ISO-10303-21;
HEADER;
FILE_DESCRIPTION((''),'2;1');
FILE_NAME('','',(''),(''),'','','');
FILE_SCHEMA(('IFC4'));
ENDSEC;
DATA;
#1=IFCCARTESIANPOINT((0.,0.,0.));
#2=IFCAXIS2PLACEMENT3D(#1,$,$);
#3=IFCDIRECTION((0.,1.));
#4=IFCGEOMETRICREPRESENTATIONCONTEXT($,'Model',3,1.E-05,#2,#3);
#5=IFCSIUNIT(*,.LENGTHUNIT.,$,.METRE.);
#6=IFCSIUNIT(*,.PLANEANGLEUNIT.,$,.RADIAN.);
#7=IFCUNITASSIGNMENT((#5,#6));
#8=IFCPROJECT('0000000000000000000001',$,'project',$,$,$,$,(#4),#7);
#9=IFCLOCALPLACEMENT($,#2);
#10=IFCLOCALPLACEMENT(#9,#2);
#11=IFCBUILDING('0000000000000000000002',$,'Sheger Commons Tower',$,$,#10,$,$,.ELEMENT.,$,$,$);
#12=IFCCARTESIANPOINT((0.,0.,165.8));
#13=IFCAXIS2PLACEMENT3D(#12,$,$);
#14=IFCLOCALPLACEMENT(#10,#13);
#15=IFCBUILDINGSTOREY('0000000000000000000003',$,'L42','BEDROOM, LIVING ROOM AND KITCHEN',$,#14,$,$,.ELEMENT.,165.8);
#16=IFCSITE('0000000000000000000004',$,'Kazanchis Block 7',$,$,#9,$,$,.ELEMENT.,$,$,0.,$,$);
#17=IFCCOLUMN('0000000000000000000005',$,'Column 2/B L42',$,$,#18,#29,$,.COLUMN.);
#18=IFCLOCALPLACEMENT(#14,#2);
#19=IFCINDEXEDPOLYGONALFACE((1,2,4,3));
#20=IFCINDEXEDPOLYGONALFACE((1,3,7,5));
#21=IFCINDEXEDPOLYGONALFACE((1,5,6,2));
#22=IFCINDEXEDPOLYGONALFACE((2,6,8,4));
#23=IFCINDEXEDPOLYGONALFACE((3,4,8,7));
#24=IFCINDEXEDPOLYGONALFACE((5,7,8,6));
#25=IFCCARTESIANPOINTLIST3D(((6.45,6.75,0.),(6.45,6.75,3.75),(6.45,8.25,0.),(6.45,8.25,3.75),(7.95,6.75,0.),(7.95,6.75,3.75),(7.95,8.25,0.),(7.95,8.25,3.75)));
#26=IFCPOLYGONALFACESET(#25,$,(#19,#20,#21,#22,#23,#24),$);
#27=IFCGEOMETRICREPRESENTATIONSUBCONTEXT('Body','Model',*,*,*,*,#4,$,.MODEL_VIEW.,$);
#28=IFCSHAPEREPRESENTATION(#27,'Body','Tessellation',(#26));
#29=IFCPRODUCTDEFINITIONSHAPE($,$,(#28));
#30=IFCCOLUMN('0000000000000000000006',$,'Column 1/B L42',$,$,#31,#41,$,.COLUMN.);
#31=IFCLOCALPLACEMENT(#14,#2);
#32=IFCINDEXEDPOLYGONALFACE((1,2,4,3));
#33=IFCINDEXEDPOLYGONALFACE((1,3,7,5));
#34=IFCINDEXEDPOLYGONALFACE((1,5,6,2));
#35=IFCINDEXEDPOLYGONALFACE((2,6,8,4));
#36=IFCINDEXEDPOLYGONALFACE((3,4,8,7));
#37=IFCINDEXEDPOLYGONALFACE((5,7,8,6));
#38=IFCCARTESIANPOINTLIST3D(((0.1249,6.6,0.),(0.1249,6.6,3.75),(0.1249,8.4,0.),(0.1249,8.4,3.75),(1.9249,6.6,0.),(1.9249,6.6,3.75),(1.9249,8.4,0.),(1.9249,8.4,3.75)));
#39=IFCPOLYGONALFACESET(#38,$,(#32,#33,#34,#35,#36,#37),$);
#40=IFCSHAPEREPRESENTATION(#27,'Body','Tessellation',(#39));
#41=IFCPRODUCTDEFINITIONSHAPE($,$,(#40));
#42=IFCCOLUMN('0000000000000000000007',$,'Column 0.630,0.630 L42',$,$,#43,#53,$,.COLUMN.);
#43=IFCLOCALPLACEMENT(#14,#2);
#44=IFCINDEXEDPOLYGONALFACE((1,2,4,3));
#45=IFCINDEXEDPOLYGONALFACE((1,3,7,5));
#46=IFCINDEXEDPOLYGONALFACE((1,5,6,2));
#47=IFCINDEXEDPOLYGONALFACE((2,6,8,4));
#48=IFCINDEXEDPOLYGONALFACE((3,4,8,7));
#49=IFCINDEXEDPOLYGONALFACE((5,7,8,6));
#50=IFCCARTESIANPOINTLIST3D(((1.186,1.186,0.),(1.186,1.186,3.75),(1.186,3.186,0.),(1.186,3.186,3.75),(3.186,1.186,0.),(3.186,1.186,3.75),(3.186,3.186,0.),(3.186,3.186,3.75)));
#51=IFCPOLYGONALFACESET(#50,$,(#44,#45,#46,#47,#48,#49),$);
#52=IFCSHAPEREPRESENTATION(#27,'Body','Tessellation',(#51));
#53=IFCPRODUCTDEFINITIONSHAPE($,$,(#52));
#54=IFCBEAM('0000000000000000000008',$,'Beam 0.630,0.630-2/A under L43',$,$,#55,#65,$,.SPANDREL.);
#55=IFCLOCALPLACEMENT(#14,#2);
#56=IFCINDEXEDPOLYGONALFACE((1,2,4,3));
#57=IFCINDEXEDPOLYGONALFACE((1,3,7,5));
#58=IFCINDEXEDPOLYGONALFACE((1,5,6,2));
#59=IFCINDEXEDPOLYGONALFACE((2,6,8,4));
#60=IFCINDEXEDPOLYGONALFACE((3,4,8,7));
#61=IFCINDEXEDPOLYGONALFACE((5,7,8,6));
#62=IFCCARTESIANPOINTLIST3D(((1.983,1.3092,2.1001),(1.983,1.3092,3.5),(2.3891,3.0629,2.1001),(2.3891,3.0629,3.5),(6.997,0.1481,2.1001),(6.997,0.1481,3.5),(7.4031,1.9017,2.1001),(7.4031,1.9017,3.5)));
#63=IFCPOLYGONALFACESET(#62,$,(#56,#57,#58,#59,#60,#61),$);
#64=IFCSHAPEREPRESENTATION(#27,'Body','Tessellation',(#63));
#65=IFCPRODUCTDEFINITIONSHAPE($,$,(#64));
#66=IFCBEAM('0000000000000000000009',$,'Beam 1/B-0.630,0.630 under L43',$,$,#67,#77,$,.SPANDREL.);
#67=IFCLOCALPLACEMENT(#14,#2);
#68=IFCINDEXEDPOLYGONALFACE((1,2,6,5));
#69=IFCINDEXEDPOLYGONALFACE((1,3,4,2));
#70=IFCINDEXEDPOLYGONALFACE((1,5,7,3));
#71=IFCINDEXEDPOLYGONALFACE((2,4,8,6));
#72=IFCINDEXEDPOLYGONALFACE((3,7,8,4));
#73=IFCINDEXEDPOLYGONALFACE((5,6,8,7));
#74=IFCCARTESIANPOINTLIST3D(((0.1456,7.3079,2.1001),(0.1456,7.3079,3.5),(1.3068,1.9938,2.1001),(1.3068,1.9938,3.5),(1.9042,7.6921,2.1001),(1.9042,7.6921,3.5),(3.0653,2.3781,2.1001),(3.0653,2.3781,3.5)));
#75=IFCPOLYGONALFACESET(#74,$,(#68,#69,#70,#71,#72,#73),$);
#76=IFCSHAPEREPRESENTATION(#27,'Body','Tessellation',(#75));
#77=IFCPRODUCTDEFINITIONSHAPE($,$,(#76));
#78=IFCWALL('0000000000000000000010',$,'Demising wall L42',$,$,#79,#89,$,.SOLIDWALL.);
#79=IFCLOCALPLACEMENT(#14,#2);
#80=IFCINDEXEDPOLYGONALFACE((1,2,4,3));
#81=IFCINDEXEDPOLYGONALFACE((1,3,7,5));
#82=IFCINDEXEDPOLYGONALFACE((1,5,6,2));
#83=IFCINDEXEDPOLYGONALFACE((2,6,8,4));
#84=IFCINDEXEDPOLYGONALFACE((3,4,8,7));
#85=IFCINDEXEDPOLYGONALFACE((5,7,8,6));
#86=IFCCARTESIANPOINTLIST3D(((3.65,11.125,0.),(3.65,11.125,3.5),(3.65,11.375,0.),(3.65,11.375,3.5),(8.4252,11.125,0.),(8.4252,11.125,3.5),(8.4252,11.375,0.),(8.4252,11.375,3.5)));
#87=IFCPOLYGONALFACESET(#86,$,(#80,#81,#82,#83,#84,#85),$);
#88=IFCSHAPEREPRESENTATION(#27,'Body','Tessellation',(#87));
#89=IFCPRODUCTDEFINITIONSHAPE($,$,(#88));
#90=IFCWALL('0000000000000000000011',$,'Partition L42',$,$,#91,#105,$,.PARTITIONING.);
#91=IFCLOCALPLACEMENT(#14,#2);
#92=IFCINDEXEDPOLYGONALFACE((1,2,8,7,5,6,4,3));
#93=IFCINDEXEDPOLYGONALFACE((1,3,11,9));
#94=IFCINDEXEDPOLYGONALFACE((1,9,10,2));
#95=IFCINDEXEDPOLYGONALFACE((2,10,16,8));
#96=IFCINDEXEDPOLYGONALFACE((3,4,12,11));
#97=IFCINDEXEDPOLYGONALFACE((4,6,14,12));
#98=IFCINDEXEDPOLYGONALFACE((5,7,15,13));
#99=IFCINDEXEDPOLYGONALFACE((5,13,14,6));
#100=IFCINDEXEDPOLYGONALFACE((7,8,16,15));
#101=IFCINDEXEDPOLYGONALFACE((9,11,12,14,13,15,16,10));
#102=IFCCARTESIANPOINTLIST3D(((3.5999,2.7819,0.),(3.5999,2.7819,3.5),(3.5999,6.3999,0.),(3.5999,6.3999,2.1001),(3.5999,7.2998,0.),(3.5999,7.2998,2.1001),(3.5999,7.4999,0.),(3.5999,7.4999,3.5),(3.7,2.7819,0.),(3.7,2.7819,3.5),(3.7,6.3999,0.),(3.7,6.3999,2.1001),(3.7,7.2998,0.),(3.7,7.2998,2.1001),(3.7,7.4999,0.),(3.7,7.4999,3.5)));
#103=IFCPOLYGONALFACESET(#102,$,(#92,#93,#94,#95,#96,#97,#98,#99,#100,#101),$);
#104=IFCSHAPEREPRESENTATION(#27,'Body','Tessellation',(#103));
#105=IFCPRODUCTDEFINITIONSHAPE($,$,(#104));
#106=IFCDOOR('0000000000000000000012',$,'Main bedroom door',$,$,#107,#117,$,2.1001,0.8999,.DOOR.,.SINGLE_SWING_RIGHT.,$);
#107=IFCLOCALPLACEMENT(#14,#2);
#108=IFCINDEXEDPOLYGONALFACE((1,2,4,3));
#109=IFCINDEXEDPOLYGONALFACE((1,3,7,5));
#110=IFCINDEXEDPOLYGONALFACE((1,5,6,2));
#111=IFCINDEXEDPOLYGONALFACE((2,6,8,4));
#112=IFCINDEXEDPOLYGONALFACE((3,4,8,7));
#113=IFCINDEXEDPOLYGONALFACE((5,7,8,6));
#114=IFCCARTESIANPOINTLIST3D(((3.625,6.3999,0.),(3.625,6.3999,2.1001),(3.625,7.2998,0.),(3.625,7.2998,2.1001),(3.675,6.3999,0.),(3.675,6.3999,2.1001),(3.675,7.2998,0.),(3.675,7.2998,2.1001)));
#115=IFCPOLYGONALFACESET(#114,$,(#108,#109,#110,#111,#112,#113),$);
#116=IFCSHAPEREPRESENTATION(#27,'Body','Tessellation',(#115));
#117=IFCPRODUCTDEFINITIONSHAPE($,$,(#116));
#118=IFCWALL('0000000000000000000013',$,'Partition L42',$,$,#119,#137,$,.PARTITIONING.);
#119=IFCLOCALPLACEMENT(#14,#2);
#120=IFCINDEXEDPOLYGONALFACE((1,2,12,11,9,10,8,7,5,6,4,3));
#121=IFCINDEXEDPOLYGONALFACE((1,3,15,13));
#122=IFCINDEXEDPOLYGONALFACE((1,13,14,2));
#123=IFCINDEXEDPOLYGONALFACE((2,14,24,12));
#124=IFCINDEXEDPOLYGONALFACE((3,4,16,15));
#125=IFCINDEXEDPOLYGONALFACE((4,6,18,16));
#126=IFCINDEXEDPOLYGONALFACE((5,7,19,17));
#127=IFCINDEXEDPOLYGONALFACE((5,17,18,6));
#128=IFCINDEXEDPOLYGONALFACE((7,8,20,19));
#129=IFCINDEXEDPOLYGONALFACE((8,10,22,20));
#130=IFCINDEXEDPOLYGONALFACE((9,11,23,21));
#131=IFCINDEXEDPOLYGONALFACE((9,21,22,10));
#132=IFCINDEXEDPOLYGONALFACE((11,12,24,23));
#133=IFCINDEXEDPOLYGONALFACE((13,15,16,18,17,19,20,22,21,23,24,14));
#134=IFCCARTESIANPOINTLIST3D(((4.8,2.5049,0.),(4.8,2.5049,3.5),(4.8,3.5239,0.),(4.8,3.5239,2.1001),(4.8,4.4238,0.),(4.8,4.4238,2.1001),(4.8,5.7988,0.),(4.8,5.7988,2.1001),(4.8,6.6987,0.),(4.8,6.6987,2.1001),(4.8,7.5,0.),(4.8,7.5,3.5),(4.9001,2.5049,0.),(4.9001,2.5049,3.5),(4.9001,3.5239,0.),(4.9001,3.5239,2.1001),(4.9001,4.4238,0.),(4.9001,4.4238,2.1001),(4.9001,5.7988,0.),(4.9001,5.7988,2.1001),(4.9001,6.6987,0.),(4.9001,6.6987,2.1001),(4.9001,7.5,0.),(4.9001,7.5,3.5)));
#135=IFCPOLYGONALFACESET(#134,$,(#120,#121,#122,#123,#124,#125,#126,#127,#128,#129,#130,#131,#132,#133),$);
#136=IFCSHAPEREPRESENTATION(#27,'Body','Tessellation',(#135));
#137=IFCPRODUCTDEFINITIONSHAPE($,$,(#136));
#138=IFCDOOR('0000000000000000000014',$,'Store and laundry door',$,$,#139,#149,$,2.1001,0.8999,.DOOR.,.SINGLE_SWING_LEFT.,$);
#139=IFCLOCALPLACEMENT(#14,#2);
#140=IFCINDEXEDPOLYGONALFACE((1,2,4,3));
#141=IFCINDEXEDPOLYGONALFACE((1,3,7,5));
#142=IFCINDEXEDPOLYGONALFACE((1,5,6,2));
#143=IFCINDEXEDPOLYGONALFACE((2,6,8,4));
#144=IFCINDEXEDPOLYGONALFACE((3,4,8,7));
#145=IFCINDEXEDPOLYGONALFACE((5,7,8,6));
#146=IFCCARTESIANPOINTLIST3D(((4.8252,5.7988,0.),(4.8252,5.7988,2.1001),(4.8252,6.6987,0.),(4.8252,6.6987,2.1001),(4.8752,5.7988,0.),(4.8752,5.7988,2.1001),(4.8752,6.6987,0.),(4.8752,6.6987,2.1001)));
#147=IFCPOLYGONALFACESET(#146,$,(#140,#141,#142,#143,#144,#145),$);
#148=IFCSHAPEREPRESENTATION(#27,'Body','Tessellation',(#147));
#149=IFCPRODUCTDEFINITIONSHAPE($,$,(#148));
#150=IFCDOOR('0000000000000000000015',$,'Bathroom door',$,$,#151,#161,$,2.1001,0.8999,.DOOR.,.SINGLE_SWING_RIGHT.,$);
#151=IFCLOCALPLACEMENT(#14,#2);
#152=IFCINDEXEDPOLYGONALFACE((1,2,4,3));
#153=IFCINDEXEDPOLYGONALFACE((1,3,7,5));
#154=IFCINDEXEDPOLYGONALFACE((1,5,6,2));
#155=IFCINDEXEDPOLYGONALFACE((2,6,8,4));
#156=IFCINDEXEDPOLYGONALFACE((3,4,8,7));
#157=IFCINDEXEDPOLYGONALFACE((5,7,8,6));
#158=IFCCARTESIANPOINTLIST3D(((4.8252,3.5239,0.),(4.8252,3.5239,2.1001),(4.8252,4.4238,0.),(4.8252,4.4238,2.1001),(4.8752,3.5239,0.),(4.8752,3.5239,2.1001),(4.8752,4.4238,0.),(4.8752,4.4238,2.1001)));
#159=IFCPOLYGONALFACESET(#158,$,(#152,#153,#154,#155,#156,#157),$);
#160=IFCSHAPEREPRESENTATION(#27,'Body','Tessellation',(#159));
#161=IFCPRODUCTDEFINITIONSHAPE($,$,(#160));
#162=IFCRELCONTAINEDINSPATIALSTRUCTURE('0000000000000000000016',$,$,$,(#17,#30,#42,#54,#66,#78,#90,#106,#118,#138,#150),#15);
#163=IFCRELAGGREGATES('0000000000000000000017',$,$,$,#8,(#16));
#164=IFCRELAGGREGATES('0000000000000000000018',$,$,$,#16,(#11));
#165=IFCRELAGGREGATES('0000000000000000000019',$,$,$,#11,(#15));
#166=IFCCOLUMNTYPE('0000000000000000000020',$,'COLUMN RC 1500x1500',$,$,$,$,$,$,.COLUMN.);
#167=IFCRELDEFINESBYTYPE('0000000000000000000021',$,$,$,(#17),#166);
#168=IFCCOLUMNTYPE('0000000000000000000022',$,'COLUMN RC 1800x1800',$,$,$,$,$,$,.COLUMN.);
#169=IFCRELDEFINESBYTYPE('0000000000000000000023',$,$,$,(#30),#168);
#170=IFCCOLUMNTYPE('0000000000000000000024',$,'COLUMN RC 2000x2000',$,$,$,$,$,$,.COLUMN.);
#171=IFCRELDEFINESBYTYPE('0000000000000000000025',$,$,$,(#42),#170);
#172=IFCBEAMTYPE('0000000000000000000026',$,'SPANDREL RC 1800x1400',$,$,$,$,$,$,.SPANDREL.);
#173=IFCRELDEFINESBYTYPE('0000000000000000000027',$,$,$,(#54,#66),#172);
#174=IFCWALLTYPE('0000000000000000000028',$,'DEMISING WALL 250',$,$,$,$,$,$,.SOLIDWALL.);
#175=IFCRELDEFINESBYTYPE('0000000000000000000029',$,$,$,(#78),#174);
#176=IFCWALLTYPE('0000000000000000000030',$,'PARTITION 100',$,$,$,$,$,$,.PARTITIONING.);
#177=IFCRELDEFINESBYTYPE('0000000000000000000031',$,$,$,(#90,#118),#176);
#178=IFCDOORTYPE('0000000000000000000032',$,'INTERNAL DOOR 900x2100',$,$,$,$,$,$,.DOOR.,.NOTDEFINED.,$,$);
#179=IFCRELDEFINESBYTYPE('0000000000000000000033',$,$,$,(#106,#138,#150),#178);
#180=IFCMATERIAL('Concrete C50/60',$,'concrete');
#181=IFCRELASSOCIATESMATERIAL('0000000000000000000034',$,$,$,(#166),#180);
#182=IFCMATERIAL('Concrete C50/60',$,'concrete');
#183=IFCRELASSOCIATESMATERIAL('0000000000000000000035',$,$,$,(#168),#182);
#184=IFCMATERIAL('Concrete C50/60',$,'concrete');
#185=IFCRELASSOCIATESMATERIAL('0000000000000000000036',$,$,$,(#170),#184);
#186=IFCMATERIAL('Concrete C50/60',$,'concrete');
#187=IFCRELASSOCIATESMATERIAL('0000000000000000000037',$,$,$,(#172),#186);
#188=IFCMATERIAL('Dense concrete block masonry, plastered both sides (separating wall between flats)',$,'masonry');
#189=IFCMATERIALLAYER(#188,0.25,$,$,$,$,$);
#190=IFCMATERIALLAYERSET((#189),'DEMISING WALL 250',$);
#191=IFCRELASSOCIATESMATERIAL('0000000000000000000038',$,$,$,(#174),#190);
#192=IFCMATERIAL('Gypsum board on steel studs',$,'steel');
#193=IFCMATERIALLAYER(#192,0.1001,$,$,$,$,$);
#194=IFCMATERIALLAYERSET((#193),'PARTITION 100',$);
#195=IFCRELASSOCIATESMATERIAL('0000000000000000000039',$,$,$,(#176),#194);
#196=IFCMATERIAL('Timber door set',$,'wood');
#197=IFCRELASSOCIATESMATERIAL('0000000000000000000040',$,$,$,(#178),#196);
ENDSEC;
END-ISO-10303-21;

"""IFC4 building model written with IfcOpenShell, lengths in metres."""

from ifc_helpers import new_model, si_unit, direction, frame, frame_2d, origin, origin_2d, place, context, subcontext, project, spatial, rectangle, extrude, material, layer, layer_set, material_profile, profile_set, type_object, element, fill, save


model = new_model("IFC4")

# Units and contexts
model_context = context("Model", 3, precision=1e-05, world=origin(), true_north=direction((0.0, 1.0)))
body_context = subcontext(model_context, "Body", "Model", "MODEL_VIEW")
ifc_project = project(units=[si_unit("LENGTHUNIT", "METRE"), si_unit("PLANEANGLEUNIT", "RADIAN")], contexts=[model_context])

# Site, building, storey
site_placement = place(None, origin())
site = spatial("IfcSite", under=ifc_project, at=site_placement, Name="Kazanchis Block 7", CompositionType="ELEMENT", RefElevation=0.0)
building_placement = place(site_placement, origin())
building = spatial("IfcBuilding", under=site, at=building_placement, Name="Sheger Commons Tower", CompositionType="ELEMENT")
storey_placement = place(building_placement, frame((0.0, 0.0, 165.8)))
storey = spatial("IfcBuildingStorey", under=building, at=storey_placement, Name="L42", Description="BEDROOM, LIVING ROOM AND KITCHEN", CompositionType="ELEMENT", Elevation=165.8)

# Columns
ifc_material_1 = material(Name="Concrete C50/60", Category="concrete")
ifc_material_profile_1 = material_profile(ifc_material_1, rectangle(XDim=1.5, YDim=1.5, at=origin_2d()), Name="RC 1500x1500")
ifc_profile_set_1 = profile_set([ifc_material_profile_1], Name="Concrete C50/60")
column_type_1 = type_object("IfcColumnType", Name="COLUMN RC 1500x1500", PredefinedType="COLUMN", material=ifc_profile_set_1)
column_1_placement = place(storey_placement, frame((7.2, 7.5, 0.0), z_axis=(0.0, 0.0, 1.0), x_axis=(1.0, 0.0, 0.0)))
element("IfcColumn", 1, at=column_1_placement, inside=storey, type_object=column_type_1, Name="Column 2/B L42", PredefinedType="COLUMN", context=body_context, shape_type="SweptSolid", body=[
    extrude(rectangle(XDim=1.5, YDim=1.5, at=origin_2d()), origin(), (0.0, 0.0, 1.0), 3.75),
])
ifc_material_2 = material(Name="Concrete C50/60", Category="concrete")
ifc_material_profile_2 = material_profile(ifc_material_2, rectangle(XDim=1.8, YDim=1.8, at=origin_2d()), Name="RC 1800x1800")
ifc_profile_set_2 = profile_set([ifc_material_profile_2], Name="Concrete C50/60")
column_type_2 = type_object("IfcColumnType", Name="COLUMN RC 1800x1800", PredefinedType="COLUMN", material=ifc_profile_set_2)
column_2_placement = place(storey_placement, frame((1.0249, 7.5, 0.0), z_axis=(0.0, 0.0, 1.0), x_axis=(1.0, 0.0, 0.0)))
element("IfcColumn", 2, at=column_2_placement, inside=storey, type_object=column_type_2, Name="Column 1/B L42", PredefinedType="COLUMN", context=body_context, shape_type="SweptSolid", body=[
    extrude(rectangle(XDim=1.8, YDim=1.8, at=origin_2d()), origin(), (0.0, 0.0, 1.0), 3.75),
])
ifc_material_3 = material(Name="Concrete C50/60", Category="concrete")
ifc_material_profile_3 = material_profile(ifc_material_3, rectangle(XDim=2.0, YDim=2.0, at=origin_2d()), Name="RC 2000x2000")
ifc_profile_set_3 = profile_set([ifc_material_profile_3], Name="Concrete C50/60")
column_type_3 = type_object("IfcColumnType", Name="COLUMN RC 2000x2000", PredefinedType="COLUMN", material=ifc_profile_set_3)
column_3_placement = place(storey_placement, frame((2.186, 2.186, 0.0), z_axis=(0.0, 0.0, 1.0), x_axis=(1.0, 0.0, 0.0)))
element("IfcColumn", 3, at=column_3_placement, inside=storey, type_object=column_type_3, Name="Column 0.630,0.630 L42", PredefinedType="COLUMN", context=body_context, shape_type="SweptSolid", body=[
    extrude(rectangle(XDim=2.0, YDim=2.0, at=origin_2d()), origin(), (0.0, 0.0, 1.0), 3.75),
])

# Beams
ifc_material_4 = material(Name="Concrete C50/60", Category="concrete")
ifc_material_profile_4 = material_profile(ifc_material_4, rectangle(XDim=1.8, YDim=1.3999, at=origin_2d()), Name="RC 1800x1400")
ifc_profile_set_4 = profile_set([ifc_material_profile_4], Name="Concrete C50/60")
beam_type = type_object("IfcBeamType", Name="SPANDREL RC 1800x1400", PredefinedType="SPANDREL", material=ifc_profile_set_4)
beam_1_placement = place(storey_placement, frame((2.186, 2.186, 2.8), z_axis=(0.974217, -0.225611, 0.0), x_axis=(0.225611, 0.974217, 0.0)))
element("IfcBeam", 4, at=beam_1_placement, inside=storey, type_object=beam_type, Name="Beam 0.630,0.630-2/A under L43", PredefinedType="SPANDREL", context=body_context, shape_type="SweptSolid", body=[
    extrude(rectangle(XDim=1.8, YDim=1.3999, at=origin_2d()), origin(), (0.0, 0.0, 1.0), 5.1467),
])
beam_2_placement = place(storey_placement, frame((1.0249, 7.5, 2.8), z_axis=(0.213469, -0.97695, 0.0), x_axis=(0.97695, 0.213469, 0.0)))
element("IfcBeam", 5, at=beam_2_placement, inside=storey, type_object=beam_type, Name="Beam 1/B-0.630,0.630 under L43", PredefinedType="SPANDREL", context=body_context, shape_type="SweptSolid", body=[
    extrude(rectangle(XDim=1.8, YDim=1.3999, at=origin_2d()), origin(), (0.0, 0.0, 1.0), 5.4395),
])

# Wall
ifc_material_5 = material(Name="Dense concrete block masonry, plastered both sides (separating wall between flats)", Category="masonry")
ifc_layer_1 = layer(ifc_material_5, 0.25)
ifc_layer_set_1 = layer_set([ifc_layer_1], Name="DEMISING WALL 250")
wall_type_1 = type_object("IfcWallType", Name="DEMISING WALL 250", PredefinedType="SOLIDWALL", material=ifc_layer_set_1)
wall_1_placement = place(storey_placement, frame((3.6499, 11.25, 0.0), z_axis=(0.0, 0.0, 1.0), x_axis=(1.0, 0.0, 0.0)))
element("IfcWall", 6, at=wall_1_placement, inside=storey, type_object=wall_type_1, Name="Demising wall L42", PredefinedType="SOLIDWALL", context=body_context, shape_type="SweptSolid", body=[
    extrude(rectangle(XDim=4.7751, YDim=0.25, at=frame_2d((2.3877, 0.0))), origin(), (0.0, 0.0, 1.0), 3.5),
])

# Wall, opening, door
ifc_material_6 = material(Name="Gypsum board on steel studs", Category="steel")
ifc_layer_2 = layer(ifc_material_6, 0.1001)
ifc_layer_set_2 = layer_set([ifc_layer_2], Name="PARTITION 100")
wall_type_2 = type_object("IfcWallType", Name="PARTITION 100", PredefinedType="PARTITIONING", material=ifc_layer_set_2)
wall_2_placement = place(storey_placement, frame((3.6499, 2.782, 0.0), z_axis=(0.0, 0.0, 1.0), x_axis=(0.0, 1.0, 0.0)))
wall_2 = element("IfcWall", 7, at=wall_2_placement, inside=storey, type_object=wall_type_2, Name="Partition L42", PredefinedType="PARTITIONING", context=body_context, shape_type="SweptSolid", body=[
    extrude(rectangle(XDim=4.718, YDim=0.1001, at=frame_2d((2.3589, 0.0))), origin(), (0.0, 0.0, 1.0), 3.5),
])
opening_1_placement = place(wall_2_placement, frame((3.6179, 0.0, 0.0)))
opening_1 = element("IfcOpeningElement", 8, at=opening_1_placement, cuts=wall_2, PredefinedType="OPENING", context=body_context, shape_type="SweptSolid", body=[
    extrude(rectangle(XDim=0.8999, YDim=2.1001, at=frame_2d((0.45, 1.05))), frame((0.0, 0.0601, 0.0), z_axis=(0.0, -1.0, 0.0), x_axis=(1.0, 0.0, 0.0)), (0.0, 0.0, 1.0), 0.1201),
])
ifc_material_7 = material(Name="Timber door set", Category="wood")
door_type = type_object("IfcDoorType", Name="INTERNAL DOOR 900x2100", OperationType="NOTDEFINED", PredefinedType="DOOR", material=ifc_material_7)
door_1_placement = place(opening_1_placement, origin())
door_1 = element("IfcDoor", 9, at=door_1_placement, inside=storey, type_object=door_type, Name="Main bedroom door", OperationType="SINGLE_SWING_RIGHT", OverallHeight=2.1001, OverallWidth=0.8999, PredefinedType="DOOR", context=body_context, shape_type="SweptSolid", body=[
    extrude(rectangle(XDim=0.8999, YDim=2.1001, at=frame_2d((0.45, 1.05))), frame((0.0, 0.0249, 0.0), z_axis=(0.0, -1.0, 0.0), x_axis=(1.0, 0.0, 0.0)), (0.0, 0.0, 1.0), 0.05),
])
fill(opening_1, door_1)

# Wall, openings, doors
wall_3_placement = place(storey_placement, frame((4.8501, 2.5049, 0.0), z_axis=(0.0, 0.0, 1.0), x_axis=(0.0, 1.0, 0.0)))
wall_3 = element("IfcWall", 10, at=wall_3_placement, inside=storey, type_object=wall_type_2, Name="Partition L42", PredefinedType="PARTITIONING", context=body_context, shape_type="SweptSolid", body=[
    extrude(rectangle(XDim=4.9951, YDim=0.1001, at=frame_2d((2.4976, 0.0))), origin(), (0.0, 0.0, 1.0), 3.5),
])
opening_2_placement = place(wall_3_placement, frame((3.2939, 0.0, 0.0)))
opening_2 = element("IfcOpeningElement", 11, at=opening_2_placement, cuts=wall_3, PredefinedType="OPENING", context=body_context, shape_type="SweptSolid", body=[
    extrude(rectangle(XDim=0.8999, YDim=2.1001, at=frame_2d((0.45, 1.05))), frame((0.0, 0.0601, 0.0), z_axis=(0.0, -1.0, 0.0), x_axis=(1.0, 0.0, 0.0)), (0.0, 0.0, 1.0), 0.1201),
])
opening_3_placement = place(wall_3_placement, frame((1.019, 0.0, 0.0)))
opening_3 = element("IfcOpeningElement", 12, at=opening_3_placement, cuts=wall_3, PredefinedType="OPENING", context=body_context, shape_type="SweptSolid", body=[
    extrude(rectangle(XDim=0.8999, YDim=2.1001, at=frame_2d((0.45, 1.05))), frame((0.0, 0.0601, 0.0), z_axis=(0.0, -1.0, 0.0), x_axis=(1.0, 0.0, 0.0)), (0.0, 0.0, 1.0), 0.1201),
])
door_2_placement = place(opening_2_placement, origin())
door_2 = element("IfcDoor", 13, at=door_2_placement, inside=storey, type_object=door_type, Name="Store and laundry door", OperationType="SINGLE_SWING_LEFT", OverallHeight=2.1001, OverallWidth=0.8999, PredefinedType="DOOR", context=body_context, shape_type="SweptSolid", body=[
    extrude(rectangle(XDim=0.8999, YDim=2.1001, at=frame_2d((0.45, 1.05))), frame((0.0, 0.0249, 0.0), z_axis=(0.0, -1.0, 0.0), x_axis=(1.0, 0.0, 0.0)), (0.0, 0.0, 1.0), 0.05),
])
fill(opening_2, door_2)
door_3_placement = place(opening_3_placement, origin())
door_3 = element("IfcDoor", 14, at=door_3_placement, inside=storey, type_object=door_type, Name="Bathroom door", OperationType="SINGLE_SWING_RIGHT", OverallHeight=2.1001, OverallWidth=0.8999, PredefinedType="DOOR", context=body_context, shape_type="SweptSolid", body=[
    extrude(rectangle(XDim=0.8999, YDim=2.1001, at=frame_2d((0.45, 1.05))), frame((0.0, 0.0249, 0.0), z_axis=(0.0, -1.0, 0.0), x_axis=(1.0, 0.0, 0.0)), (0.0, 0.0, 1.0), 0.05),
])
fill(opening_3, door_3)

save(model, "model.ifc")
